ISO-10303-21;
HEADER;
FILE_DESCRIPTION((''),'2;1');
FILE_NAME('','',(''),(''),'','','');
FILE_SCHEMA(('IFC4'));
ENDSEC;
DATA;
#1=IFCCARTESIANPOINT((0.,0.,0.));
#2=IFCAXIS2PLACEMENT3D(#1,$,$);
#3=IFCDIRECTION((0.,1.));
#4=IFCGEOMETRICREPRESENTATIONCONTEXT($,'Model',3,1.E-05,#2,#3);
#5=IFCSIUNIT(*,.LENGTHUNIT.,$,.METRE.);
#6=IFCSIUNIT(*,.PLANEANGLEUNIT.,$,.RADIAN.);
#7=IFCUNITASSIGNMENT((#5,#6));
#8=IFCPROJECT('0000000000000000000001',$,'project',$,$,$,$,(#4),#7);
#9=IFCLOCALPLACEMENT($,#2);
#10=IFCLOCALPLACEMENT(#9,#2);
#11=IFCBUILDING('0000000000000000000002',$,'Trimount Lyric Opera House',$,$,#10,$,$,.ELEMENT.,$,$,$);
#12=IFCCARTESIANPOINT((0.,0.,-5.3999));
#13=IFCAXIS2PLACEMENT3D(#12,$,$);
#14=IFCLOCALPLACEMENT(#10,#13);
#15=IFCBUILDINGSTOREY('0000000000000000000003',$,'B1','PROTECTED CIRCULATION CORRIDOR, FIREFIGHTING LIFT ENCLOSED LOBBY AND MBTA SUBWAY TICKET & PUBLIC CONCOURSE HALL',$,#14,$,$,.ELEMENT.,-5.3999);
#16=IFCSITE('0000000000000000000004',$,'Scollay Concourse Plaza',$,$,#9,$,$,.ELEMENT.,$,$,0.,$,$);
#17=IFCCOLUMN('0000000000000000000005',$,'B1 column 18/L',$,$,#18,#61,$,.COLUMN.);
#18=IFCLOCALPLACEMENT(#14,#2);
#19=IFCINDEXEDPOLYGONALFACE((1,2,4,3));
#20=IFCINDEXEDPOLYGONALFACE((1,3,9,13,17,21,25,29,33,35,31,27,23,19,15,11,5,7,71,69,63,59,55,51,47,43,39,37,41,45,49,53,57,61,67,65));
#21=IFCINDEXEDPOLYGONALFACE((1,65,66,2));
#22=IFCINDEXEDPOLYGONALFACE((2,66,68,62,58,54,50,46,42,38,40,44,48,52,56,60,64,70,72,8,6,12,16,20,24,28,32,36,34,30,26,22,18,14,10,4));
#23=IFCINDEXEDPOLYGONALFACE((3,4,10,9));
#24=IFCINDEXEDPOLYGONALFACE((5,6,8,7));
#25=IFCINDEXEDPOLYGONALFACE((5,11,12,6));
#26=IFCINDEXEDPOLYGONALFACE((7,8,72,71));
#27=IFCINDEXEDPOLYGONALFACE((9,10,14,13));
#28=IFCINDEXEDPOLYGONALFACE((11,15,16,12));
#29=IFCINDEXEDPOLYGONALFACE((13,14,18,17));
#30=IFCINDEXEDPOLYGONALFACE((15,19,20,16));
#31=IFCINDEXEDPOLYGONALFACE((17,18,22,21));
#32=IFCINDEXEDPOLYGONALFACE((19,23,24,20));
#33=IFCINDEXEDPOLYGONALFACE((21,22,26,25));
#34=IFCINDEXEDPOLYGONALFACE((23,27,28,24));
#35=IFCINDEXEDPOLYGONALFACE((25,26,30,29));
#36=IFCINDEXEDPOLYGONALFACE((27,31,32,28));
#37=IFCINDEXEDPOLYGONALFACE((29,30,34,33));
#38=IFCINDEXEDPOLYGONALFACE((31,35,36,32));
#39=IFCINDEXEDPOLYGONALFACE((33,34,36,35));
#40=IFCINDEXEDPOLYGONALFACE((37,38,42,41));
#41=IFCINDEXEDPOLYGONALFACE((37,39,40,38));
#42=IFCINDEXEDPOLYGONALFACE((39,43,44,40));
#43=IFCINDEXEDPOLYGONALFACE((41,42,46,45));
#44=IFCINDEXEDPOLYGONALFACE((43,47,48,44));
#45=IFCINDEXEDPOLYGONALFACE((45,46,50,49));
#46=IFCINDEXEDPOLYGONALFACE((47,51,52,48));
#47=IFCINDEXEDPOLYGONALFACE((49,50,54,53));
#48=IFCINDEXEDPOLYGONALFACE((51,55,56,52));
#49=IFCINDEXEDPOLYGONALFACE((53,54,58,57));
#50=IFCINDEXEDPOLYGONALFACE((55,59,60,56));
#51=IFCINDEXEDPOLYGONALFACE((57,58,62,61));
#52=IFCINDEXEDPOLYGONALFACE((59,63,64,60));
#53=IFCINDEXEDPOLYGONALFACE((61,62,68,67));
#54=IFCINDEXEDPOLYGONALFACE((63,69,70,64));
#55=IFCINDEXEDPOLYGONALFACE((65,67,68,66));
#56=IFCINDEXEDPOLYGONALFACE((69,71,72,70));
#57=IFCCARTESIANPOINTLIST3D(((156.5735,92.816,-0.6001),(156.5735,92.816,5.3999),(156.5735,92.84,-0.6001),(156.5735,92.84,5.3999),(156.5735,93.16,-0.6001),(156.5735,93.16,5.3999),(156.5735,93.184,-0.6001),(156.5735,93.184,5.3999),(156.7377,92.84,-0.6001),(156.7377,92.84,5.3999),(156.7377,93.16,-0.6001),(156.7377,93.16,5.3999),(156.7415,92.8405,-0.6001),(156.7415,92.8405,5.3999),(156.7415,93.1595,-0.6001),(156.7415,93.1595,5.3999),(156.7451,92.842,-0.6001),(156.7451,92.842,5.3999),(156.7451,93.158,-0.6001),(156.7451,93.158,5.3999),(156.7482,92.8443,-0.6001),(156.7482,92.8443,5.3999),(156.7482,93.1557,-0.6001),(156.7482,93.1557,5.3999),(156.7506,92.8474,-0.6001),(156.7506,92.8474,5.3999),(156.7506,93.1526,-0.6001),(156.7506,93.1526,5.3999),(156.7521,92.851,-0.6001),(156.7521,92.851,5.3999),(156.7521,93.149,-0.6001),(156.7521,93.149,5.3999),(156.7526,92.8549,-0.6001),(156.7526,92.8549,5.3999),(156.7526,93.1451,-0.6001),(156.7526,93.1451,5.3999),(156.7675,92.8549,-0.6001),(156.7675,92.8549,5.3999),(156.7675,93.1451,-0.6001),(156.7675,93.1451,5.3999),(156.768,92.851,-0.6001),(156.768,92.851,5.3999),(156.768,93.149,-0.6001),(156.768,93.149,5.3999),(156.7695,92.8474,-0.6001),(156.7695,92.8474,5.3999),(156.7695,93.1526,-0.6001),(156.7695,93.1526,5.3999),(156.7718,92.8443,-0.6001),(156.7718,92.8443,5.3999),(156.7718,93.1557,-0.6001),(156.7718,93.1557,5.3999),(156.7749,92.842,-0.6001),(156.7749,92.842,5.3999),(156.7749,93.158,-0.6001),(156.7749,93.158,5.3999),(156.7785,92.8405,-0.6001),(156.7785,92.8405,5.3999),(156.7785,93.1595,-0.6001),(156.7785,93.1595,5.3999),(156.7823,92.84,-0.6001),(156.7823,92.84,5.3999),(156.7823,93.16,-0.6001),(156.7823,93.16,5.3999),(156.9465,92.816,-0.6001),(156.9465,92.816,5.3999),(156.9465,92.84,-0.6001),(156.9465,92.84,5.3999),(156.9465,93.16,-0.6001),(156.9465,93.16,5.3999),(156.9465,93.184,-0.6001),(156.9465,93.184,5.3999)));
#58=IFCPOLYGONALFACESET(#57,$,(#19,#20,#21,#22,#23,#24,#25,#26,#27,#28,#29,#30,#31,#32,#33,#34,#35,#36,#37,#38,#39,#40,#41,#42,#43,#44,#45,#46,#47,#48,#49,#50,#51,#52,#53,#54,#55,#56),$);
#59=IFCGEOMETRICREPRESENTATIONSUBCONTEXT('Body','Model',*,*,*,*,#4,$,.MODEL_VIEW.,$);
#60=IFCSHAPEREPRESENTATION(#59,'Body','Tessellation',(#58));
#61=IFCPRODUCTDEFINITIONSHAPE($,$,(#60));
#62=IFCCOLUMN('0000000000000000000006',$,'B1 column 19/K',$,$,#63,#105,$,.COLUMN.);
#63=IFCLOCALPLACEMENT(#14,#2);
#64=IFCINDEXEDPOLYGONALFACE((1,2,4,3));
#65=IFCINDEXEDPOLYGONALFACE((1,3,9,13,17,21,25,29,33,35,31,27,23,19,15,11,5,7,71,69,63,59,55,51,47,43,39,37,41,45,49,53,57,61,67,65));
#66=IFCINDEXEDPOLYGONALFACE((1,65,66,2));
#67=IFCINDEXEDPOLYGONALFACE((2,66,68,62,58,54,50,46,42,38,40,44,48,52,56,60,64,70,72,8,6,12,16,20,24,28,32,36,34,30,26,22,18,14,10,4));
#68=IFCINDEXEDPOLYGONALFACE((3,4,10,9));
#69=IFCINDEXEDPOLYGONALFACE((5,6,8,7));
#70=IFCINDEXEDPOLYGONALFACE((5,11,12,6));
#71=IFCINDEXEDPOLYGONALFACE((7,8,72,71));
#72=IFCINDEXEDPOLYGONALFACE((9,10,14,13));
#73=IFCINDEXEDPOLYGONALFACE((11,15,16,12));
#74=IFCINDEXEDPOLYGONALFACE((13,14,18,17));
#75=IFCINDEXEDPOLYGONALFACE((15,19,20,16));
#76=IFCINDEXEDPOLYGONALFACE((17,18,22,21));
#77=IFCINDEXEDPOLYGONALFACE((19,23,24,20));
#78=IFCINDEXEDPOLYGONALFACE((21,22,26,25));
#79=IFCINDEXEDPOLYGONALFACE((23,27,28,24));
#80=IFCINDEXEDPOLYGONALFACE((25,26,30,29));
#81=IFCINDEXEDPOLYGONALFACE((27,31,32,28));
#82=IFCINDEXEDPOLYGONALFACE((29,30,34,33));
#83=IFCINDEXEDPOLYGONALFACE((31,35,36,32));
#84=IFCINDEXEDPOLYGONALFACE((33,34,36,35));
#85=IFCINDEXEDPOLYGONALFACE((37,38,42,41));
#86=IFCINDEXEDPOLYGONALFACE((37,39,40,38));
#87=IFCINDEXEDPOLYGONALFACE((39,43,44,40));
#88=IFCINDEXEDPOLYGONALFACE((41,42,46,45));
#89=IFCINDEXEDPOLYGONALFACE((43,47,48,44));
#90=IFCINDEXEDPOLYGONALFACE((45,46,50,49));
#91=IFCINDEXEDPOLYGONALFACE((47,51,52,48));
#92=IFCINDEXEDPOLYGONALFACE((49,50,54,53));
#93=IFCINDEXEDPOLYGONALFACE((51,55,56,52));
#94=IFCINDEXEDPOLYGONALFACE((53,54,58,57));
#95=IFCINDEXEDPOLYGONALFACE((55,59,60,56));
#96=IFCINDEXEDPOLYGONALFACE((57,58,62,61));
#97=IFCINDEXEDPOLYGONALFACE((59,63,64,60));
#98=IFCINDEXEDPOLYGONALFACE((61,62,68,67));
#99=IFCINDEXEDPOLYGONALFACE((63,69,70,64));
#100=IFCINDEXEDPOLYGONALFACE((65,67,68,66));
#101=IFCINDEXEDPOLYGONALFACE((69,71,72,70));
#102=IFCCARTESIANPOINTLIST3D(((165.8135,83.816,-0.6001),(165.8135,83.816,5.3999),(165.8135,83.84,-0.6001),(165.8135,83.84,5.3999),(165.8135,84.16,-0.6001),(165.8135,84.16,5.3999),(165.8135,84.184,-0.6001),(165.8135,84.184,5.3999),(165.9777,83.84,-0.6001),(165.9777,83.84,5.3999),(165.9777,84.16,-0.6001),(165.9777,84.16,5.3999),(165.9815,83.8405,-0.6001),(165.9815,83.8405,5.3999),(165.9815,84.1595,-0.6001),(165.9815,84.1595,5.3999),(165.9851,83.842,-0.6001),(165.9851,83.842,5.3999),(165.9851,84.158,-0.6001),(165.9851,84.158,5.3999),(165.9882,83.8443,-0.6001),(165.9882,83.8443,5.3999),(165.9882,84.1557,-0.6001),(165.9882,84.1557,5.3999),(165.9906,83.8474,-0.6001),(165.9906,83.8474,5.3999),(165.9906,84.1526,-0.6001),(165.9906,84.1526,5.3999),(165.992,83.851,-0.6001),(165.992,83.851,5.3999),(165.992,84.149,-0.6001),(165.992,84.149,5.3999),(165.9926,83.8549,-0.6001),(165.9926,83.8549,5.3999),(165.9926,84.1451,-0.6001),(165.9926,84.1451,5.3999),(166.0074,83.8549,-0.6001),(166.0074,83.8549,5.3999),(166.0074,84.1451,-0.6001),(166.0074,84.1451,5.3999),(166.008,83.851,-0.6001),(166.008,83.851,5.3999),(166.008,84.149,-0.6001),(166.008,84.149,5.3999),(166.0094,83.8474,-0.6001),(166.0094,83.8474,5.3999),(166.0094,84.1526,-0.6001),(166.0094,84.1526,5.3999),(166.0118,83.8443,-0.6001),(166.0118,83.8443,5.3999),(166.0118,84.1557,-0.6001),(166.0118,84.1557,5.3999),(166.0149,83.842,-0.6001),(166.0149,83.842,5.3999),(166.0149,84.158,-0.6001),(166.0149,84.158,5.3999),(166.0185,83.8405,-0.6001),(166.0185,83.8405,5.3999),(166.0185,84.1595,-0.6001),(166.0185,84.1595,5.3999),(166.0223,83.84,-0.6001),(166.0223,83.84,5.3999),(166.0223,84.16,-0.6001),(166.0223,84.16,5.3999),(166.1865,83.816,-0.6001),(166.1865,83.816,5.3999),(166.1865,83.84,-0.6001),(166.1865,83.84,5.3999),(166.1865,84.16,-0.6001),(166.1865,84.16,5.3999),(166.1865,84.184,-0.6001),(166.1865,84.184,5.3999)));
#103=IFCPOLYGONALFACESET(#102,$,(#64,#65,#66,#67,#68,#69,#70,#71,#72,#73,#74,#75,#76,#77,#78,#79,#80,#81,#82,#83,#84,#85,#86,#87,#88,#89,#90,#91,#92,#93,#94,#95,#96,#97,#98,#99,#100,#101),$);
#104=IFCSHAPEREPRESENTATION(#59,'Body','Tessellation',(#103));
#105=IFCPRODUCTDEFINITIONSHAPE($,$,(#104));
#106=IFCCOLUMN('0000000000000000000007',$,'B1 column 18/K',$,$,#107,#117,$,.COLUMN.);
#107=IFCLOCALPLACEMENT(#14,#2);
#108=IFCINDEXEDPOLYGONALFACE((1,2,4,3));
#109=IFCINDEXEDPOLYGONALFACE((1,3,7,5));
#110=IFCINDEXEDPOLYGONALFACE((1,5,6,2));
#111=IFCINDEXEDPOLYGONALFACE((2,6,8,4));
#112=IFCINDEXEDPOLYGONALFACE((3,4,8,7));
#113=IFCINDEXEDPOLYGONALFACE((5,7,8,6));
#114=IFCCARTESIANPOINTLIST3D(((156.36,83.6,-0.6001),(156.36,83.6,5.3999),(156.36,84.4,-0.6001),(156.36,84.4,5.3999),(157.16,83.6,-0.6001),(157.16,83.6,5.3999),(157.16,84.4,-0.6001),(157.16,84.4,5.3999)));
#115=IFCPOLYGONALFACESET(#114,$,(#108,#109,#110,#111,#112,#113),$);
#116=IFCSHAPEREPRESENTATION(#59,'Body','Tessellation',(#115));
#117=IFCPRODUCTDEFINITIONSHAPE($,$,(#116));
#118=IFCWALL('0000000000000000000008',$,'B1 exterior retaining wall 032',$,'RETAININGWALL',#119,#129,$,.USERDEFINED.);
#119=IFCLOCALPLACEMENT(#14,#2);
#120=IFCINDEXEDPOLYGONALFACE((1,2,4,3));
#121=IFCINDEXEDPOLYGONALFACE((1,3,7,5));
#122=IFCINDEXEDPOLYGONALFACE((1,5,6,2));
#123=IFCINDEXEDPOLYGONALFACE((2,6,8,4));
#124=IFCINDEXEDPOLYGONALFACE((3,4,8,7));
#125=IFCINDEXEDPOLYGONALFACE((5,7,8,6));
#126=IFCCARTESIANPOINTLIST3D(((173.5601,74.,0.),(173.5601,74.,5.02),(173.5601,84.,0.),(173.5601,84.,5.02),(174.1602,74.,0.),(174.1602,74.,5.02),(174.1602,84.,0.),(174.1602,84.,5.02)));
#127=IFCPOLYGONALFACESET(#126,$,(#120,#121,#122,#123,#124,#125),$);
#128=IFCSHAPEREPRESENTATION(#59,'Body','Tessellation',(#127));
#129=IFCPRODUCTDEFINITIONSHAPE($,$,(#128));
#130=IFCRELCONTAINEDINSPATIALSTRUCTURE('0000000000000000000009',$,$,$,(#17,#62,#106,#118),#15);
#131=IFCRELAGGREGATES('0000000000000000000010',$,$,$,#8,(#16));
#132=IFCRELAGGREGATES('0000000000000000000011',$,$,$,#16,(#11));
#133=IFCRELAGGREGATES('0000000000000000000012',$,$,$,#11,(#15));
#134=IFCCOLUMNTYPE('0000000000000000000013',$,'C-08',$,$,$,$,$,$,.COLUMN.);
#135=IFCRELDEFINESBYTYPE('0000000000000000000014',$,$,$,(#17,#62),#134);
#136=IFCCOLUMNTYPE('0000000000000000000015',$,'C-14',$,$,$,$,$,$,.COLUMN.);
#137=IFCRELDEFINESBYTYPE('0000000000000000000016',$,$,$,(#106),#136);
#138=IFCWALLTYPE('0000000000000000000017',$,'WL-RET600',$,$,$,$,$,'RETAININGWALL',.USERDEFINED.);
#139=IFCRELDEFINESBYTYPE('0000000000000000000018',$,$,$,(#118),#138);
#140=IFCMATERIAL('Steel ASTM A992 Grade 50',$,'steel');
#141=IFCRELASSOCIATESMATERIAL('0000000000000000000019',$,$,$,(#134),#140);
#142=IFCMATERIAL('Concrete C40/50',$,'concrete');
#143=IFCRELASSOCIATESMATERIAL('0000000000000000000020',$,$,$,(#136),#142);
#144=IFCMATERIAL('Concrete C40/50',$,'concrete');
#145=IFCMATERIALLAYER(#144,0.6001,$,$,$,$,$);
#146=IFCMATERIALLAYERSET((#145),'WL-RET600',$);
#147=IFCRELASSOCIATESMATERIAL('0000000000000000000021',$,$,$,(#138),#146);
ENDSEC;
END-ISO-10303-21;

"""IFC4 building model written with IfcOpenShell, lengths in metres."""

from ifc_helpers import new_model, si_unit, direction, frame, frame_2d, origin, origin_2d, place, context, subcontext, project, spatial, rectangle, i_section, extrude, material, layer, layer_set, material_profile, profile_set, type_object, element, save


model = new_model("IFC4")

# Units and contexts
model_context = context("Model", 3, precision=1e-05, world=origin(), true_north=direction((0.0, 1.0)))
body_context = subcontext(model_context, "Body", "Model", "MODEL_VIEW")
ifc_project = project(units=[si_unit("LENGTHUNIT", "METRE"), si_unit("PLANEANGLEUNIT", "RADIAN")], contexts=[model_context])

# Site, building, storey
site_placement = place(None, origin())
site = spatial("IfcSite", under=ifc_project, at=site_placement, Name="Scollay Concourse Plaza", CompositionType="ELEMENT", RefElevation=0.0)
building_placement = place(site_placement, origin())
building = spatial("IfcBuilding", under=site, at=building_placement, Name="Trimount Lyric Opera House", CompositionType="ELEMENT")
storey_placement = place(building_placement, frame((0.0, 0.0, -5.3999)))
storey = spatial("IfcBuildingStorey", under=building, at=storey_placement, Name="B1", Description="PROTECTED CIRCULATION CORRIDOR, FIREFIGHTING LIFT ENCLOSED LOBBY AND MBTA SUBWAY TICKET & PUBLIC CONCOURSE HALL", CompositionType="ELEMENT", Elevation=-5.3999)

# Columns
ifc_material_1 = material(Name="Steel ASTM A992 Grade 50", Category="steel")
ifc_material_profile_1 = material_profile(ifc_material_1, i_section(OverallWidth=0.373, OverallDepth=0.3679, WebThickness=0.0149, FlangeThickness=0.0239, FilletRadius=0.0149, at=origin_2d()), Name="W14X120")
ifc_profile_set_1 = profile_set([ifc_material_profile_1], Name="Steel ASTM A992 Grade 50")
column_type_1 = type_object("IfcColumnType", Name="C-08", PredefinedType="COLUMN", material=ifc_profile_set_1)
for number, where, z_axis, x_axis, name in (
    (1, (156.76, 93.0, -0.6001), (0.0, 0.0, 1.0), (1.0, 0.0, 0.0), "B1 column 18/L"),
    (2, (166.0, 84.0, -0.6001), (0.0, 0.0, 1.0), (1.0, 0.0, 0.0), "B1 column 19/K"),
):
    element("IfcColumn", number, at=place(storey_placement, frame(where, z_axis=z_axis, x_axis=x_axis)), inside=storey, type_object=column_type_1, Name=name, PredefinedType="COLUMN", context=body_context, shape_type="SweptSolid", body=[
        extrude(i_section(OverallWidth=0.373, OverallDepth=0.3679, WebThickness=0.0149, FlangeThickness=0.0239, FilletRadius=0.0149, at=origin_2d()), origin(), (0.0, 0.0, 1.0), 6.0),
    ])
ifc_material_2 = material(Name="Concrete C40/50", Category="concrete")
ifc_material_profile_2 = material_profile(ifc_material_2, rectangle(XDim=0.8, YDim=0.8, at=origin_2d()), Name="RC800X800")
ifc_profile_set_2 = profile_set([ifc_material_profile_2], Name="Concrete C40/50")
column_type_2 = type_object("IfcColumnType", Name="C-14", PredefinedType="COLUMN", material=ifc_profile_set_2)
column_placement = place(storey_placement, frame((156.76, 84.0, -0.6001), z_axis=(0.0, 0.0, 1.0), x_axis=(1.0, 0.0, 0.0)))
element("IfcColumn", 3, at=column_placement, inside=storey, type_object=column_type_2, Name="B1 column 18/K", PredefinedType="COLUMN", context=body_context, shape_type="SweptSolid", body=[
    extrude(rectangle(XDim=0.8, YDim=0.8, at=origin_2d()), origin(), (0.0, 0.0, 1.0), 6.0),
])

# Wall
ifc_material_3 = material(Name="Concrete C40/50", Category="concrete")
ifc_layer = layer(ifc_material_3, 0.6001)
ifc_layer_set = layer_set([ifc_layer], Name="WL-RET600")
wall_type = type_object("IfcWallType", Name="WL-RET600", ElementType="RETAININGWALL", PredefinedType="USERDEFINED", material=ifc_layer_set)
wall_placement = place(storey_placement, frame((173.8601, 84.0, 0.0), z_axis=(0.0, 0.0, 1.0), x_axis=(0.0, -1.0, 0.0)))
element("IfcWall", 4, at=wall_placement, inside=storey, type_object=wall_type, Name="B1 exterior retaining wall 032", ObjectType="RETAININGWALL", PredefinedType="USERDEFINED", context=body_context, shape_type="SweptSolid", body=[
    extrude(rectangle(XDim=10.0, YDim=0.6001, at=frame_2d((5.0, 0.0))), origin(), (0.0, 0.0, 1.0), 5.02),
])

save(model, "model.ifc")
